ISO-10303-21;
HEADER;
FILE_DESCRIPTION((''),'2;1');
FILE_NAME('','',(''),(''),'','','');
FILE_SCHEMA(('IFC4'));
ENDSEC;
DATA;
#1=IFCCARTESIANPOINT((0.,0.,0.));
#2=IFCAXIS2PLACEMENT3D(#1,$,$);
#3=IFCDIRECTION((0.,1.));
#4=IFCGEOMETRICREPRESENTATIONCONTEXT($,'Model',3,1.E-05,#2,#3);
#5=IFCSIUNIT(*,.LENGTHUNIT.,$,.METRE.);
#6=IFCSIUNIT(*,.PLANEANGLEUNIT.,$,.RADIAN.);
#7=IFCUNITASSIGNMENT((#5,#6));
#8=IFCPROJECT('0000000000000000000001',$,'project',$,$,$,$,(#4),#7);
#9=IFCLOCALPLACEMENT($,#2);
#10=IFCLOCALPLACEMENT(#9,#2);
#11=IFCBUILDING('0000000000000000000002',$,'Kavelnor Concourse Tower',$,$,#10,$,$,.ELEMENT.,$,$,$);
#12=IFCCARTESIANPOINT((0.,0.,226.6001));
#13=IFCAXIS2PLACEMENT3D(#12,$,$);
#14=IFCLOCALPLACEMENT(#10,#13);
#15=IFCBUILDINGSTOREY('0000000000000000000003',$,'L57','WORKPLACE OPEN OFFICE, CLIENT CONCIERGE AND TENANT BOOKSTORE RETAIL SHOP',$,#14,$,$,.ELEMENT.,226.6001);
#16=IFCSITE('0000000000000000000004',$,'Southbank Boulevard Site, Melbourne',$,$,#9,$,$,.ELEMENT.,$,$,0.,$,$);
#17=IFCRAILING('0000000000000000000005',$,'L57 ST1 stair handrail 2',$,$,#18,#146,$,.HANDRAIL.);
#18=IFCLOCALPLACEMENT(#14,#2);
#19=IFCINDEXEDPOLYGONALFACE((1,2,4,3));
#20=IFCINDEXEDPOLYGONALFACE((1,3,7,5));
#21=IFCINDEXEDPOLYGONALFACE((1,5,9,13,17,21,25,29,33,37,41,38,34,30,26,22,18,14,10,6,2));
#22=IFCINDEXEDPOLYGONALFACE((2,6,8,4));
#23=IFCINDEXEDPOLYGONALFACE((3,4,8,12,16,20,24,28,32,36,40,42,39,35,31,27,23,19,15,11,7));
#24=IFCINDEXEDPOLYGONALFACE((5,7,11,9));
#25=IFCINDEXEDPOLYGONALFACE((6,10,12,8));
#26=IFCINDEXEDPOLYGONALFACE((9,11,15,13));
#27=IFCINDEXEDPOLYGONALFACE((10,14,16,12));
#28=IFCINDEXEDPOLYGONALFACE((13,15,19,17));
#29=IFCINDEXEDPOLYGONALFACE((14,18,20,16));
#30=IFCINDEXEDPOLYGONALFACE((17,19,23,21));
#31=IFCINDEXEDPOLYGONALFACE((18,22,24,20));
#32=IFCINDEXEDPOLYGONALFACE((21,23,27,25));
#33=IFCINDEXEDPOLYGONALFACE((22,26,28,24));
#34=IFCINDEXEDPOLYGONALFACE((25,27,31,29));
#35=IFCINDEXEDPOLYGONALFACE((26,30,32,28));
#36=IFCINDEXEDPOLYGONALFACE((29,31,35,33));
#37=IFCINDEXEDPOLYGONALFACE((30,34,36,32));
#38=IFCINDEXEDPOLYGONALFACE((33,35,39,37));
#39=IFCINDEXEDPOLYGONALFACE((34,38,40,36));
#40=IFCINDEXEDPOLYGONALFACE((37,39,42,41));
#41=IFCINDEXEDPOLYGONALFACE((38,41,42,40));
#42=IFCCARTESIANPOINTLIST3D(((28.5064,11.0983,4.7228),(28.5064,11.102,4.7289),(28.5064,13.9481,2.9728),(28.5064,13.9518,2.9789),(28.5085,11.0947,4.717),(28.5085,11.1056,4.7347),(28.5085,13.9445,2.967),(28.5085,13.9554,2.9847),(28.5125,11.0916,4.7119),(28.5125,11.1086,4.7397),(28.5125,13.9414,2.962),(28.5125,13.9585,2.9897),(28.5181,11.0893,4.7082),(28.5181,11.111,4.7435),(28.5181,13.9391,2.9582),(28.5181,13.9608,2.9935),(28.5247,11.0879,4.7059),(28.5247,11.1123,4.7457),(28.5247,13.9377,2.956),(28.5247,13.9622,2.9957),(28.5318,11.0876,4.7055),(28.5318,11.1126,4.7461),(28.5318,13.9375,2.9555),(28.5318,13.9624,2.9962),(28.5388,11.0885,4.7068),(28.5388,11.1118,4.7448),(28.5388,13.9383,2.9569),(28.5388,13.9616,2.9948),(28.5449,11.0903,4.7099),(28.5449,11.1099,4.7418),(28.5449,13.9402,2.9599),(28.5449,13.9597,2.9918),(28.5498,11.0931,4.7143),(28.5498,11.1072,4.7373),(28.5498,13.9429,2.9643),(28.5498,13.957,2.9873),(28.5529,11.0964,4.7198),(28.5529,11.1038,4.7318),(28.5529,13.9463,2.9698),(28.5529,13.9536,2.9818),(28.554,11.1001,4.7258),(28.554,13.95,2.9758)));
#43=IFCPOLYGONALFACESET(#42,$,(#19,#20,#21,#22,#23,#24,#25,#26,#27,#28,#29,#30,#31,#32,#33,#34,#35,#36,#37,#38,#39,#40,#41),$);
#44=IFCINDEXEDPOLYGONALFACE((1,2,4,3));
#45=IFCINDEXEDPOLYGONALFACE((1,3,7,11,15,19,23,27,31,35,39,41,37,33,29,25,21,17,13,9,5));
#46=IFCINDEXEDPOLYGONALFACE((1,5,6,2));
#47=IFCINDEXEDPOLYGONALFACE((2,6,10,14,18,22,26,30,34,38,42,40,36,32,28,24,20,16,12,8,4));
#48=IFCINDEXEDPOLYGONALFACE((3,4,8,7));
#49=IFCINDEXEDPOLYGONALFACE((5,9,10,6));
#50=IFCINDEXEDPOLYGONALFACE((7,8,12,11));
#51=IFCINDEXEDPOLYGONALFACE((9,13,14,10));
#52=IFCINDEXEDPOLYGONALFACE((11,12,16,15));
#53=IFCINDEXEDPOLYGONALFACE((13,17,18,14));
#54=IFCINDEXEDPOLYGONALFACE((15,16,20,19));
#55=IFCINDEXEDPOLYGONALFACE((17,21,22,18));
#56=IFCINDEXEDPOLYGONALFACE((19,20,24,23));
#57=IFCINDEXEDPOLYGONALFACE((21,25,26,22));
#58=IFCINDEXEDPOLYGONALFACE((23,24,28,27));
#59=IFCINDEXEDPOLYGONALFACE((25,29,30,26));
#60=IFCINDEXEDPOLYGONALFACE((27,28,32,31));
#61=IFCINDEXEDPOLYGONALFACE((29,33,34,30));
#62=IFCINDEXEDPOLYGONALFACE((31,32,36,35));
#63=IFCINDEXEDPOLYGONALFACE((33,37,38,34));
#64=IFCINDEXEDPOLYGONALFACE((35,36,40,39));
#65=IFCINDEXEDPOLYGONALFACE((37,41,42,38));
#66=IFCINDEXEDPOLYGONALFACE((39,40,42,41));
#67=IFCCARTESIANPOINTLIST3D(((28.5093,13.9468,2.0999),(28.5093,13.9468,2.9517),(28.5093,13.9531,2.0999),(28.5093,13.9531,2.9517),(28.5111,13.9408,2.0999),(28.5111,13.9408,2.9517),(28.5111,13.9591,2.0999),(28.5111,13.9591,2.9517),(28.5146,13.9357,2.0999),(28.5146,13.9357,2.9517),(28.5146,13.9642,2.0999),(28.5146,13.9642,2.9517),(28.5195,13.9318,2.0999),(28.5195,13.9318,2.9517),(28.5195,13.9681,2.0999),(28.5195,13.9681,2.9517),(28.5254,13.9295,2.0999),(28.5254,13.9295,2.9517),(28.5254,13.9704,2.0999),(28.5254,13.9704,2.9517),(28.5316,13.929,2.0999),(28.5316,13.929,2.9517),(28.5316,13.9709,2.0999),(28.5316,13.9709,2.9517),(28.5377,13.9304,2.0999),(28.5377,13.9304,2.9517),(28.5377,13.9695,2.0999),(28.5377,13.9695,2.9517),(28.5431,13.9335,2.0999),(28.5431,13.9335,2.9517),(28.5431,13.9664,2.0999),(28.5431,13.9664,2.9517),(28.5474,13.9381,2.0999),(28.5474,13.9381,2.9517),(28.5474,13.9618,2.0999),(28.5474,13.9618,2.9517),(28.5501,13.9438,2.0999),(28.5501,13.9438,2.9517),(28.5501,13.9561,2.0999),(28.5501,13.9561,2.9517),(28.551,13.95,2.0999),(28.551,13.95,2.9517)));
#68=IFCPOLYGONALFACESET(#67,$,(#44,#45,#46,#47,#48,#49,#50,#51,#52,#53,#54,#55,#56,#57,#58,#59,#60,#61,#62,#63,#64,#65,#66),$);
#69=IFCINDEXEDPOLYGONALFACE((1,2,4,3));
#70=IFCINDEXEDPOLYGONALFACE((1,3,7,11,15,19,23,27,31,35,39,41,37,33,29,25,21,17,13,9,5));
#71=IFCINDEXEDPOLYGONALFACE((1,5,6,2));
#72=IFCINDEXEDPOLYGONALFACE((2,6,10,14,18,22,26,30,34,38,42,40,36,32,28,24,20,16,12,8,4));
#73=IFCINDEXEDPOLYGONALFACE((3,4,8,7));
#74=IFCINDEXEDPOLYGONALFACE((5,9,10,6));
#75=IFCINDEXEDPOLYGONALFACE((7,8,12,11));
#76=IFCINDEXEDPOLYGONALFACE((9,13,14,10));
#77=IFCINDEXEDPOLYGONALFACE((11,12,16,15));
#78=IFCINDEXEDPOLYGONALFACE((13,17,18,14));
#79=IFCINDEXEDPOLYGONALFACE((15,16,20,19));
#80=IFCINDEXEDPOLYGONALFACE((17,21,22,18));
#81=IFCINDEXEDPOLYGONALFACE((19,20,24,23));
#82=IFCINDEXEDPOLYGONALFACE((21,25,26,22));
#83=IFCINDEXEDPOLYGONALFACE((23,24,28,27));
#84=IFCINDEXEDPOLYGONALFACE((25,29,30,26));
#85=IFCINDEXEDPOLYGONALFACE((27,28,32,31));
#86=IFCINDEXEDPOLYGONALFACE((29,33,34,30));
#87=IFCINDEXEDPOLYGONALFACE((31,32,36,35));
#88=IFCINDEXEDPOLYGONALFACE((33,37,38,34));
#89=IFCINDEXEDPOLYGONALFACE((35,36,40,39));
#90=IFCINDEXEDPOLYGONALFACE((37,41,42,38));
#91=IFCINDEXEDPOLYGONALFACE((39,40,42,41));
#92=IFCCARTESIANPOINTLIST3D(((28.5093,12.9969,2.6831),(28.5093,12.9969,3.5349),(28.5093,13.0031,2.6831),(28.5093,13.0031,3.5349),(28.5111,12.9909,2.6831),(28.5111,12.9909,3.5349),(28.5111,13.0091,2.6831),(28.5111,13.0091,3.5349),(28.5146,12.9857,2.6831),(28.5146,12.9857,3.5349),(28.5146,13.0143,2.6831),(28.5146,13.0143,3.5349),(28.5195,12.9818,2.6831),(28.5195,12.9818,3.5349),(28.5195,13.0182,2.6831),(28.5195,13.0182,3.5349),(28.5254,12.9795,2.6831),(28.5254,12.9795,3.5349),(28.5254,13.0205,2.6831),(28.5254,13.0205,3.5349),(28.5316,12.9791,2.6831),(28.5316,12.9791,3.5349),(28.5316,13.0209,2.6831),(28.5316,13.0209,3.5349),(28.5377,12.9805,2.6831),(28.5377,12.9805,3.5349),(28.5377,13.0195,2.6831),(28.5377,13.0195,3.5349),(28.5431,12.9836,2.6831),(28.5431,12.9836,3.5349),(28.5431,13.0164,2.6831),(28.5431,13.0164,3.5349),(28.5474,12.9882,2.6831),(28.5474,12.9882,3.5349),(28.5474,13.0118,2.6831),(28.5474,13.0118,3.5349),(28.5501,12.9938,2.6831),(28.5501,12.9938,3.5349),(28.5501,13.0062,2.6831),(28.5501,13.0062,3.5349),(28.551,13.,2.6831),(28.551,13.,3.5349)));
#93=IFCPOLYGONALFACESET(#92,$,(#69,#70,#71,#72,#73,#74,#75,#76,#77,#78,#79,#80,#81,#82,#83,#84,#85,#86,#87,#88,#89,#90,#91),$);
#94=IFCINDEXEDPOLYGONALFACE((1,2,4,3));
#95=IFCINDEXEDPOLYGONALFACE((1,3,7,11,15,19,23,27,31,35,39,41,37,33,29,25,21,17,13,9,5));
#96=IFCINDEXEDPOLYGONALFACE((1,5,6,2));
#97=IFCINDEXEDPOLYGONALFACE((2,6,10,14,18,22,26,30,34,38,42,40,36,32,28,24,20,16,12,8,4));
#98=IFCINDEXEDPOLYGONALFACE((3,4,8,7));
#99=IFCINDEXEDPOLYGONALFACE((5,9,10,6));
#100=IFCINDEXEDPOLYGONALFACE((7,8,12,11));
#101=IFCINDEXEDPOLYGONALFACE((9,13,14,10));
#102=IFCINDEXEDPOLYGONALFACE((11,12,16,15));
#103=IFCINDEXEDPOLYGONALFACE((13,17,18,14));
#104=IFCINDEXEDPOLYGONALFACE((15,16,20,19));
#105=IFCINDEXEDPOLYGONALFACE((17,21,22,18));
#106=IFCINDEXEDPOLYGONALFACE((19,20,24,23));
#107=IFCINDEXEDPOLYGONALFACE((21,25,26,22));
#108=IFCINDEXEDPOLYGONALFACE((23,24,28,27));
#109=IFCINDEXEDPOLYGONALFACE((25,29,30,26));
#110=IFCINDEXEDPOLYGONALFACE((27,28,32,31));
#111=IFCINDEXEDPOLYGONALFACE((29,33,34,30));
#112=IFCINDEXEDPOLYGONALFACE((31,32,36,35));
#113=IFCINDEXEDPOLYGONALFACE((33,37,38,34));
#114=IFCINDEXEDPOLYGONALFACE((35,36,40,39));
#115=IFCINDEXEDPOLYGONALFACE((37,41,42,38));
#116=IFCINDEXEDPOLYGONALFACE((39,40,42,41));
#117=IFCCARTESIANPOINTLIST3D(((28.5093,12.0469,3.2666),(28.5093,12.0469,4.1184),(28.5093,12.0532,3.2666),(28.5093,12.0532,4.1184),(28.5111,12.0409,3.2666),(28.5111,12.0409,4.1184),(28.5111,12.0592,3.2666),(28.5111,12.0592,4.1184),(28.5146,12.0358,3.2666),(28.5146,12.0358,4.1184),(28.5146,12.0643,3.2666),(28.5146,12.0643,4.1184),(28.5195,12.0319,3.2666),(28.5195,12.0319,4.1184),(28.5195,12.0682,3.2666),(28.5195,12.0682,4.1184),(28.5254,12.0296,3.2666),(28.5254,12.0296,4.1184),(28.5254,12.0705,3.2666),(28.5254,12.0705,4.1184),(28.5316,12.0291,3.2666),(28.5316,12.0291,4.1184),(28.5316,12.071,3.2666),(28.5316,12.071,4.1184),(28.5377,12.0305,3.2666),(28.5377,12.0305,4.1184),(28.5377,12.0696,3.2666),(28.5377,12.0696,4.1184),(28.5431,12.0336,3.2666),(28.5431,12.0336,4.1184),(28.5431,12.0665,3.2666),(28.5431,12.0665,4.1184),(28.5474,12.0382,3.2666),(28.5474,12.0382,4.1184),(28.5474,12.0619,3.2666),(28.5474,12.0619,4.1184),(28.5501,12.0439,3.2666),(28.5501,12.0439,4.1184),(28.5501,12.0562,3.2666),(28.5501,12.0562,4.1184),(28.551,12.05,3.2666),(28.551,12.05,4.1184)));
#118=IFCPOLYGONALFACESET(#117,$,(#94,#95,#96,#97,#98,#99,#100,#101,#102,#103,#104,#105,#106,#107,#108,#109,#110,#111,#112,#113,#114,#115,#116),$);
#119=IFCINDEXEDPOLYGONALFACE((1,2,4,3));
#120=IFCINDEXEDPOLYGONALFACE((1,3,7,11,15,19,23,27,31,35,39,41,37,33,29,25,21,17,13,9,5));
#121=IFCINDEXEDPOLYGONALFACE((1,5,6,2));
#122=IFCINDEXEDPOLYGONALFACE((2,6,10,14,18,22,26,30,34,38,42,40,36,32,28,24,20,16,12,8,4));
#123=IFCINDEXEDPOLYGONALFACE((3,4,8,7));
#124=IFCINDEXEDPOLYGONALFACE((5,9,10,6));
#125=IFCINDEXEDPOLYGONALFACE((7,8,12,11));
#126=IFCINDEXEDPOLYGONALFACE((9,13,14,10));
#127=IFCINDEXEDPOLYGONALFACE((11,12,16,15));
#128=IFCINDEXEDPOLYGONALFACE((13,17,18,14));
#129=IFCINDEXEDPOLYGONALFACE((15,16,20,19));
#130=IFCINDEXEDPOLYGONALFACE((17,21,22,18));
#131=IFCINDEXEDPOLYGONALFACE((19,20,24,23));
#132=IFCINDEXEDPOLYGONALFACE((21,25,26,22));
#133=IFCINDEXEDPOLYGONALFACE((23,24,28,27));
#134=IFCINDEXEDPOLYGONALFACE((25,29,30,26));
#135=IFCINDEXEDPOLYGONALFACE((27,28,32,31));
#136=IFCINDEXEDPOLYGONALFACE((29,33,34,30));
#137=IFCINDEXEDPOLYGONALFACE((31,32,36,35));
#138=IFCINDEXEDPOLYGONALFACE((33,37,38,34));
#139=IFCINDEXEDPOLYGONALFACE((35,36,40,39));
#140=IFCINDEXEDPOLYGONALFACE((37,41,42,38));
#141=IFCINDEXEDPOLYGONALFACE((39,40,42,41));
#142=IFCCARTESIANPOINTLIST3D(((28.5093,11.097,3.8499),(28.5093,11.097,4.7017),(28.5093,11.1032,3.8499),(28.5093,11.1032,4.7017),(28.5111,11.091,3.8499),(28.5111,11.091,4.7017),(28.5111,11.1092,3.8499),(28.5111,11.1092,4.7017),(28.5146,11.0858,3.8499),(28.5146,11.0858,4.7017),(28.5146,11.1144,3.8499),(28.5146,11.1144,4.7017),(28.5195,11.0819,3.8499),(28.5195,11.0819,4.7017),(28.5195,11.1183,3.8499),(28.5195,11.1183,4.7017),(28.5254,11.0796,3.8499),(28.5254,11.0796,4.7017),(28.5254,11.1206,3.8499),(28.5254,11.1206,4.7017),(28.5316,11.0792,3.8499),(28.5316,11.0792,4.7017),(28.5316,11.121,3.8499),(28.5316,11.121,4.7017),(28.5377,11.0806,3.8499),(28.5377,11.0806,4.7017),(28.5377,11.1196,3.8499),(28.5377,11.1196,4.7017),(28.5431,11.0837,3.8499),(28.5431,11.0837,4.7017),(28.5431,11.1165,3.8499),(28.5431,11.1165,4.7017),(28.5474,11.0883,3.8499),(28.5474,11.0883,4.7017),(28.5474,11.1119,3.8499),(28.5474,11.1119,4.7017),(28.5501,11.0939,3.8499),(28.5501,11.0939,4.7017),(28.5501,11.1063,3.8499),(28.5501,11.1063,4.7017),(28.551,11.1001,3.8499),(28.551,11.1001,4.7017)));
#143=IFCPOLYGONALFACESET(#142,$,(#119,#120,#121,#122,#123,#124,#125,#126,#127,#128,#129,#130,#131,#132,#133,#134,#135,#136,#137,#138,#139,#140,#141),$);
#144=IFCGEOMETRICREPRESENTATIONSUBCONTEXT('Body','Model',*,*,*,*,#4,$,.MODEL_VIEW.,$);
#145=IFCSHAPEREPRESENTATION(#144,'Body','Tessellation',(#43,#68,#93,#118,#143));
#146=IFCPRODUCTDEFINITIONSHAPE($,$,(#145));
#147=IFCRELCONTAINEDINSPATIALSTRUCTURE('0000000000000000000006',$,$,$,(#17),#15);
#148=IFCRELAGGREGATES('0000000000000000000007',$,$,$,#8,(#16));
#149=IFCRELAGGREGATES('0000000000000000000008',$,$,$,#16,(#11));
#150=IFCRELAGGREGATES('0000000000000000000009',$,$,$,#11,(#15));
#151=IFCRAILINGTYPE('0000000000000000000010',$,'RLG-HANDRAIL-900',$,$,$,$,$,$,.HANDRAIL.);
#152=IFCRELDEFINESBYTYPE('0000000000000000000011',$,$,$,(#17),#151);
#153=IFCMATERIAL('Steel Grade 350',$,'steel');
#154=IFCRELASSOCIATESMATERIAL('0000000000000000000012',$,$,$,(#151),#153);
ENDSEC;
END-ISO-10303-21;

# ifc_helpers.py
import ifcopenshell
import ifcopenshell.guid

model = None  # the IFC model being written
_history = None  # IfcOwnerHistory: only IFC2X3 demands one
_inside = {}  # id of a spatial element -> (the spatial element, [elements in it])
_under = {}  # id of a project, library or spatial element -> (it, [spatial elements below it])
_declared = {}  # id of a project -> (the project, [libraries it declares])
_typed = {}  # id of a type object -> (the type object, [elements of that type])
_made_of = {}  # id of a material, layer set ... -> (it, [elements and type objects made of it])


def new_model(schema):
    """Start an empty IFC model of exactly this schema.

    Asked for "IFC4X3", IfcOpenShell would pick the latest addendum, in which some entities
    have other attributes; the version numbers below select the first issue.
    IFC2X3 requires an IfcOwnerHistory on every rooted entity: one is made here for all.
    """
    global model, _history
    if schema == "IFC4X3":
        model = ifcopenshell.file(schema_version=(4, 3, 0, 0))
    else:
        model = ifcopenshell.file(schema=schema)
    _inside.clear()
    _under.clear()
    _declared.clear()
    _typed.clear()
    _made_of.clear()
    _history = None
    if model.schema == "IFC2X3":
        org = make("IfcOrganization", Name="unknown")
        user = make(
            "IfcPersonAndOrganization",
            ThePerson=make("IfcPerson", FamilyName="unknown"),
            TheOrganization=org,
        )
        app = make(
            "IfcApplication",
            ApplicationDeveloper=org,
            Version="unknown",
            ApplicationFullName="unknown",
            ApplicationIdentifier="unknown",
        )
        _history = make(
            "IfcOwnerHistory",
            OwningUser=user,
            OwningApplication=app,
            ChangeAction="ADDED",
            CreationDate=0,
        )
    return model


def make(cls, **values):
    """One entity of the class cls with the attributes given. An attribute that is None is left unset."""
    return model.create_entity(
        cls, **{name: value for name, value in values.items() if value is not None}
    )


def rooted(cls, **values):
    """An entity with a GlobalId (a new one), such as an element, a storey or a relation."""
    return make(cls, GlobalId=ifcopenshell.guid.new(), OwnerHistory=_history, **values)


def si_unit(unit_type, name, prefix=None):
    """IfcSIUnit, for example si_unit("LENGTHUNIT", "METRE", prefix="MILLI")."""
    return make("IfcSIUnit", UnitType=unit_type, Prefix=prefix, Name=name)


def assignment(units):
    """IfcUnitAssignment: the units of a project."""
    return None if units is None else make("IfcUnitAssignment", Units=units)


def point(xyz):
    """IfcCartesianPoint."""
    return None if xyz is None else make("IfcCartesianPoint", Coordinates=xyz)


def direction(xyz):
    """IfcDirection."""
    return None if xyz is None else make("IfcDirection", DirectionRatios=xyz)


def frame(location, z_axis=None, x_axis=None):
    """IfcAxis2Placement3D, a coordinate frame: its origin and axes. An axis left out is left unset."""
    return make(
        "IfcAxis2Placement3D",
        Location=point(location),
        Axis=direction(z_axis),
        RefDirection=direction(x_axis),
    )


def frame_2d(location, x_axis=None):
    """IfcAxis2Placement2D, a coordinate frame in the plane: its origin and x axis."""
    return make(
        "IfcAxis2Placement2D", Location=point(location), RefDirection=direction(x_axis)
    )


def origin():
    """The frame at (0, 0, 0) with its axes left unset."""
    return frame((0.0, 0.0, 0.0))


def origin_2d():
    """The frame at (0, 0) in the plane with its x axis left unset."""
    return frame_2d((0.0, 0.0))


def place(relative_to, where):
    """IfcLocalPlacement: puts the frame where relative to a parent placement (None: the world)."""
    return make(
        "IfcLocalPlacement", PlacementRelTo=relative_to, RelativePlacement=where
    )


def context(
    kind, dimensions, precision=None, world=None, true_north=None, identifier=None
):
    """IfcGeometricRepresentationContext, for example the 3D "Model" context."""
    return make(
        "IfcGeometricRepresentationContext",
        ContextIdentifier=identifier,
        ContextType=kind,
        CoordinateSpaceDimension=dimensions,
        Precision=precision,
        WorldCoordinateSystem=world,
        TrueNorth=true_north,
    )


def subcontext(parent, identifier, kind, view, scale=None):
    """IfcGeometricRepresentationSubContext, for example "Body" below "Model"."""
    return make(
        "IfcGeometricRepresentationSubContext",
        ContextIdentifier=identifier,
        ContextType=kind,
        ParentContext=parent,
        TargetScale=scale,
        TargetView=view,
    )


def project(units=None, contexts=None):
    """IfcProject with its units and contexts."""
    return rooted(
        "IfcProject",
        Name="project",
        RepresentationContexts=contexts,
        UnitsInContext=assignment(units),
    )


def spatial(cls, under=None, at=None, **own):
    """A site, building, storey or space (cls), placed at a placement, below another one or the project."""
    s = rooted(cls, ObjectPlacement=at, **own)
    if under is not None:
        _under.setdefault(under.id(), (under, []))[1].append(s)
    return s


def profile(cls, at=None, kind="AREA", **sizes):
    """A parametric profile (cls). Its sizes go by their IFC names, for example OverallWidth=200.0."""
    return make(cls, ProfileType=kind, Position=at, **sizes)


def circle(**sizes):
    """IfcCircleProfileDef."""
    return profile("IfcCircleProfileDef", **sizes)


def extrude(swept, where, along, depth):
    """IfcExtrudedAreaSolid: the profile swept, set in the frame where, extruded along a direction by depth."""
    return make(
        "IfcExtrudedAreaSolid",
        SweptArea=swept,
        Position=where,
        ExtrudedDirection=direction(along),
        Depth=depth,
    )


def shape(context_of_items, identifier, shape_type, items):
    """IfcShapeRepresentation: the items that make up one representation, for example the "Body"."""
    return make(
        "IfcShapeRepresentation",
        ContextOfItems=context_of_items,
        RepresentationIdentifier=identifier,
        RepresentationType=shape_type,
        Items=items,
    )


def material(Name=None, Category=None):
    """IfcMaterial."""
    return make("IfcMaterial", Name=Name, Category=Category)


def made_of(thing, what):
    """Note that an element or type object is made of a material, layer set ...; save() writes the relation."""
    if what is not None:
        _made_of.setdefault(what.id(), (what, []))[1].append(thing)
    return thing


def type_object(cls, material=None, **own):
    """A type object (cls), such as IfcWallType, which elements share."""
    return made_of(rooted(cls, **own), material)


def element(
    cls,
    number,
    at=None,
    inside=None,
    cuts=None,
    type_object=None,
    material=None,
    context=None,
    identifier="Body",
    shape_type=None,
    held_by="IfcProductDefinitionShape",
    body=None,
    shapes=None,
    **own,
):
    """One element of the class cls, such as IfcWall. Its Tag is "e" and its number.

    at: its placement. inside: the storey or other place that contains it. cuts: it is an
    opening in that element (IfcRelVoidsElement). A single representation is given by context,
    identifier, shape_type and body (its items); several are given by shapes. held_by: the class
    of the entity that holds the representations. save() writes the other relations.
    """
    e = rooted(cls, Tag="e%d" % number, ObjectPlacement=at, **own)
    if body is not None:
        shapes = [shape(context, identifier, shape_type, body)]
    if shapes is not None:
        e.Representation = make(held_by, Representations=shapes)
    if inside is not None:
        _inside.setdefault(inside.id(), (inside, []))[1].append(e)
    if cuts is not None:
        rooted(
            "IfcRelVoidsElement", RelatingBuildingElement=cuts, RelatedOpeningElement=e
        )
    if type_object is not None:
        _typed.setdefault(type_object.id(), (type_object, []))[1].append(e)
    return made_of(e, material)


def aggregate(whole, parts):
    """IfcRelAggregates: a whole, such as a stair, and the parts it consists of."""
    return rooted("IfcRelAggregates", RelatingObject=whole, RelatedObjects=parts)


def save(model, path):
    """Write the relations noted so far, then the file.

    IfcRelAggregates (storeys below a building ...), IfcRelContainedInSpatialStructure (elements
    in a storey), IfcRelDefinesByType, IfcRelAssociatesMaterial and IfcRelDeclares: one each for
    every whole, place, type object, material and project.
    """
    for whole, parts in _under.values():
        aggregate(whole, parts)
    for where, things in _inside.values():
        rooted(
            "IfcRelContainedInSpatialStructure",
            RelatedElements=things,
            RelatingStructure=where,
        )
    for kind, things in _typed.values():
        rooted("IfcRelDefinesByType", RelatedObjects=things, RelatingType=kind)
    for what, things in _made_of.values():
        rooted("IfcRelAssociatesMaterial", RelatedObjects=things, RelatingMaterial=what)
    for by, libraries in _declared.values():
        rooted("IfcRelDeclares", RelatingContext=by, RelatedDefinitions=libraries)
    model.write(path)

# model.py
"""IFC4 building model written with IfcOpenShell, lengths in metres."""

from ifc_helpers import new_model, si_unit, direction, frame, origin, origin_2d, place, context, subcontext, project, spatial, circle, extrude, material, type_object, element, save


model = new_model("IFC4")

# Units and contexts
model_context = context("Model", 3, precision=1e-05, world=origin(), true_north=direction((0.0, 1.0)))
body_context = subcontext(model_context, "Body", "Model", "MODEL_VIEW")
ifc_project = project(units=[si_unit("LENGTHUNIT", "METRE"), si_unit("PLANEANGLEUNIT", "RADIAN")], contexts=[model_context])

# Site, building, storey
site_placement = place(None, origin())
site = spatial("IfcSite", under=ifc_project, at=site_placement, Name="Southbank Boulevard Site, Melbourne", CompositionType="ELEMENT", RefElevation=0.0)
building_placement = place(site_placement, origin())
building = spatial("IfcBuilding", under=site, at=building_placement, Name="Kavelnor Concourse Tower", CompositionType="ELEMENT")
storey_placement = place(building_placement, frame((0.0, 0.0, 226.6001)))
storey = spatial("IfcBuildingStorey", under=building, at=storey_placement, Name="L57", Description="WORKPLACE OPEN OFFICE, CLIENT CONCIERGE AND TENANT BOOKSTORE RETAIL SHOP", CompositionType="ELEMENT", Elevation=226.6001)

# Shared definitions
ifc_material_1 = material(Name="Steel Grade 350", Category="steel")

# Railing
railing_type_1 = type_object("IfcRailingType", Name="RLG-HANDRAIL-900", PredefinedType="HANDRAIL", material=ifc_material_1)
railing_1_placement = place(storey_placement, frame((28.53, 13.95, 2.0999)))
element("IfcRailing", 1, at=railing_1_placement, inside=storey, type_object=railing_type_1, Name="L57 ST1 stair handrail 2", PredefinedType="HANDRAIL", context=body_context, shape_type="SweptSolid", body=[
    extrude(circle(Radius=0.0239, at=origin_2d()), frame((0.0, 0.0, 0.876), z_axis=(0.0, -0.852159, 0.523283), x_axis=(1.0, 0.0, 0.0)), (0.0, 0.0, 1.0), 3.3442),
    extrude(circle(Radius=0.021, at=origin_2d()), origin(), (0.0, 0.0, 1.0), 0.8518),
    extrude(circle(Radius=0.021, at=origin_2d()), frame((0.0, -0.95, 0.5833)), (0.0, 0.0, 1.0), 0.8518),
    extrude(circle(Radius=0.021, at=origin_2d()), frame((0.0, -1.8999, 1.1667)), (0.0, 0.0, 1.0), 0.8518),
    extrude(circle(Radius=0.021, at=origin_2d()), frame((0.0, -2.8499, 1.75)), (0.0, 0.0, 1.0), 0.8518),
])

save(model, "model.ifc")
